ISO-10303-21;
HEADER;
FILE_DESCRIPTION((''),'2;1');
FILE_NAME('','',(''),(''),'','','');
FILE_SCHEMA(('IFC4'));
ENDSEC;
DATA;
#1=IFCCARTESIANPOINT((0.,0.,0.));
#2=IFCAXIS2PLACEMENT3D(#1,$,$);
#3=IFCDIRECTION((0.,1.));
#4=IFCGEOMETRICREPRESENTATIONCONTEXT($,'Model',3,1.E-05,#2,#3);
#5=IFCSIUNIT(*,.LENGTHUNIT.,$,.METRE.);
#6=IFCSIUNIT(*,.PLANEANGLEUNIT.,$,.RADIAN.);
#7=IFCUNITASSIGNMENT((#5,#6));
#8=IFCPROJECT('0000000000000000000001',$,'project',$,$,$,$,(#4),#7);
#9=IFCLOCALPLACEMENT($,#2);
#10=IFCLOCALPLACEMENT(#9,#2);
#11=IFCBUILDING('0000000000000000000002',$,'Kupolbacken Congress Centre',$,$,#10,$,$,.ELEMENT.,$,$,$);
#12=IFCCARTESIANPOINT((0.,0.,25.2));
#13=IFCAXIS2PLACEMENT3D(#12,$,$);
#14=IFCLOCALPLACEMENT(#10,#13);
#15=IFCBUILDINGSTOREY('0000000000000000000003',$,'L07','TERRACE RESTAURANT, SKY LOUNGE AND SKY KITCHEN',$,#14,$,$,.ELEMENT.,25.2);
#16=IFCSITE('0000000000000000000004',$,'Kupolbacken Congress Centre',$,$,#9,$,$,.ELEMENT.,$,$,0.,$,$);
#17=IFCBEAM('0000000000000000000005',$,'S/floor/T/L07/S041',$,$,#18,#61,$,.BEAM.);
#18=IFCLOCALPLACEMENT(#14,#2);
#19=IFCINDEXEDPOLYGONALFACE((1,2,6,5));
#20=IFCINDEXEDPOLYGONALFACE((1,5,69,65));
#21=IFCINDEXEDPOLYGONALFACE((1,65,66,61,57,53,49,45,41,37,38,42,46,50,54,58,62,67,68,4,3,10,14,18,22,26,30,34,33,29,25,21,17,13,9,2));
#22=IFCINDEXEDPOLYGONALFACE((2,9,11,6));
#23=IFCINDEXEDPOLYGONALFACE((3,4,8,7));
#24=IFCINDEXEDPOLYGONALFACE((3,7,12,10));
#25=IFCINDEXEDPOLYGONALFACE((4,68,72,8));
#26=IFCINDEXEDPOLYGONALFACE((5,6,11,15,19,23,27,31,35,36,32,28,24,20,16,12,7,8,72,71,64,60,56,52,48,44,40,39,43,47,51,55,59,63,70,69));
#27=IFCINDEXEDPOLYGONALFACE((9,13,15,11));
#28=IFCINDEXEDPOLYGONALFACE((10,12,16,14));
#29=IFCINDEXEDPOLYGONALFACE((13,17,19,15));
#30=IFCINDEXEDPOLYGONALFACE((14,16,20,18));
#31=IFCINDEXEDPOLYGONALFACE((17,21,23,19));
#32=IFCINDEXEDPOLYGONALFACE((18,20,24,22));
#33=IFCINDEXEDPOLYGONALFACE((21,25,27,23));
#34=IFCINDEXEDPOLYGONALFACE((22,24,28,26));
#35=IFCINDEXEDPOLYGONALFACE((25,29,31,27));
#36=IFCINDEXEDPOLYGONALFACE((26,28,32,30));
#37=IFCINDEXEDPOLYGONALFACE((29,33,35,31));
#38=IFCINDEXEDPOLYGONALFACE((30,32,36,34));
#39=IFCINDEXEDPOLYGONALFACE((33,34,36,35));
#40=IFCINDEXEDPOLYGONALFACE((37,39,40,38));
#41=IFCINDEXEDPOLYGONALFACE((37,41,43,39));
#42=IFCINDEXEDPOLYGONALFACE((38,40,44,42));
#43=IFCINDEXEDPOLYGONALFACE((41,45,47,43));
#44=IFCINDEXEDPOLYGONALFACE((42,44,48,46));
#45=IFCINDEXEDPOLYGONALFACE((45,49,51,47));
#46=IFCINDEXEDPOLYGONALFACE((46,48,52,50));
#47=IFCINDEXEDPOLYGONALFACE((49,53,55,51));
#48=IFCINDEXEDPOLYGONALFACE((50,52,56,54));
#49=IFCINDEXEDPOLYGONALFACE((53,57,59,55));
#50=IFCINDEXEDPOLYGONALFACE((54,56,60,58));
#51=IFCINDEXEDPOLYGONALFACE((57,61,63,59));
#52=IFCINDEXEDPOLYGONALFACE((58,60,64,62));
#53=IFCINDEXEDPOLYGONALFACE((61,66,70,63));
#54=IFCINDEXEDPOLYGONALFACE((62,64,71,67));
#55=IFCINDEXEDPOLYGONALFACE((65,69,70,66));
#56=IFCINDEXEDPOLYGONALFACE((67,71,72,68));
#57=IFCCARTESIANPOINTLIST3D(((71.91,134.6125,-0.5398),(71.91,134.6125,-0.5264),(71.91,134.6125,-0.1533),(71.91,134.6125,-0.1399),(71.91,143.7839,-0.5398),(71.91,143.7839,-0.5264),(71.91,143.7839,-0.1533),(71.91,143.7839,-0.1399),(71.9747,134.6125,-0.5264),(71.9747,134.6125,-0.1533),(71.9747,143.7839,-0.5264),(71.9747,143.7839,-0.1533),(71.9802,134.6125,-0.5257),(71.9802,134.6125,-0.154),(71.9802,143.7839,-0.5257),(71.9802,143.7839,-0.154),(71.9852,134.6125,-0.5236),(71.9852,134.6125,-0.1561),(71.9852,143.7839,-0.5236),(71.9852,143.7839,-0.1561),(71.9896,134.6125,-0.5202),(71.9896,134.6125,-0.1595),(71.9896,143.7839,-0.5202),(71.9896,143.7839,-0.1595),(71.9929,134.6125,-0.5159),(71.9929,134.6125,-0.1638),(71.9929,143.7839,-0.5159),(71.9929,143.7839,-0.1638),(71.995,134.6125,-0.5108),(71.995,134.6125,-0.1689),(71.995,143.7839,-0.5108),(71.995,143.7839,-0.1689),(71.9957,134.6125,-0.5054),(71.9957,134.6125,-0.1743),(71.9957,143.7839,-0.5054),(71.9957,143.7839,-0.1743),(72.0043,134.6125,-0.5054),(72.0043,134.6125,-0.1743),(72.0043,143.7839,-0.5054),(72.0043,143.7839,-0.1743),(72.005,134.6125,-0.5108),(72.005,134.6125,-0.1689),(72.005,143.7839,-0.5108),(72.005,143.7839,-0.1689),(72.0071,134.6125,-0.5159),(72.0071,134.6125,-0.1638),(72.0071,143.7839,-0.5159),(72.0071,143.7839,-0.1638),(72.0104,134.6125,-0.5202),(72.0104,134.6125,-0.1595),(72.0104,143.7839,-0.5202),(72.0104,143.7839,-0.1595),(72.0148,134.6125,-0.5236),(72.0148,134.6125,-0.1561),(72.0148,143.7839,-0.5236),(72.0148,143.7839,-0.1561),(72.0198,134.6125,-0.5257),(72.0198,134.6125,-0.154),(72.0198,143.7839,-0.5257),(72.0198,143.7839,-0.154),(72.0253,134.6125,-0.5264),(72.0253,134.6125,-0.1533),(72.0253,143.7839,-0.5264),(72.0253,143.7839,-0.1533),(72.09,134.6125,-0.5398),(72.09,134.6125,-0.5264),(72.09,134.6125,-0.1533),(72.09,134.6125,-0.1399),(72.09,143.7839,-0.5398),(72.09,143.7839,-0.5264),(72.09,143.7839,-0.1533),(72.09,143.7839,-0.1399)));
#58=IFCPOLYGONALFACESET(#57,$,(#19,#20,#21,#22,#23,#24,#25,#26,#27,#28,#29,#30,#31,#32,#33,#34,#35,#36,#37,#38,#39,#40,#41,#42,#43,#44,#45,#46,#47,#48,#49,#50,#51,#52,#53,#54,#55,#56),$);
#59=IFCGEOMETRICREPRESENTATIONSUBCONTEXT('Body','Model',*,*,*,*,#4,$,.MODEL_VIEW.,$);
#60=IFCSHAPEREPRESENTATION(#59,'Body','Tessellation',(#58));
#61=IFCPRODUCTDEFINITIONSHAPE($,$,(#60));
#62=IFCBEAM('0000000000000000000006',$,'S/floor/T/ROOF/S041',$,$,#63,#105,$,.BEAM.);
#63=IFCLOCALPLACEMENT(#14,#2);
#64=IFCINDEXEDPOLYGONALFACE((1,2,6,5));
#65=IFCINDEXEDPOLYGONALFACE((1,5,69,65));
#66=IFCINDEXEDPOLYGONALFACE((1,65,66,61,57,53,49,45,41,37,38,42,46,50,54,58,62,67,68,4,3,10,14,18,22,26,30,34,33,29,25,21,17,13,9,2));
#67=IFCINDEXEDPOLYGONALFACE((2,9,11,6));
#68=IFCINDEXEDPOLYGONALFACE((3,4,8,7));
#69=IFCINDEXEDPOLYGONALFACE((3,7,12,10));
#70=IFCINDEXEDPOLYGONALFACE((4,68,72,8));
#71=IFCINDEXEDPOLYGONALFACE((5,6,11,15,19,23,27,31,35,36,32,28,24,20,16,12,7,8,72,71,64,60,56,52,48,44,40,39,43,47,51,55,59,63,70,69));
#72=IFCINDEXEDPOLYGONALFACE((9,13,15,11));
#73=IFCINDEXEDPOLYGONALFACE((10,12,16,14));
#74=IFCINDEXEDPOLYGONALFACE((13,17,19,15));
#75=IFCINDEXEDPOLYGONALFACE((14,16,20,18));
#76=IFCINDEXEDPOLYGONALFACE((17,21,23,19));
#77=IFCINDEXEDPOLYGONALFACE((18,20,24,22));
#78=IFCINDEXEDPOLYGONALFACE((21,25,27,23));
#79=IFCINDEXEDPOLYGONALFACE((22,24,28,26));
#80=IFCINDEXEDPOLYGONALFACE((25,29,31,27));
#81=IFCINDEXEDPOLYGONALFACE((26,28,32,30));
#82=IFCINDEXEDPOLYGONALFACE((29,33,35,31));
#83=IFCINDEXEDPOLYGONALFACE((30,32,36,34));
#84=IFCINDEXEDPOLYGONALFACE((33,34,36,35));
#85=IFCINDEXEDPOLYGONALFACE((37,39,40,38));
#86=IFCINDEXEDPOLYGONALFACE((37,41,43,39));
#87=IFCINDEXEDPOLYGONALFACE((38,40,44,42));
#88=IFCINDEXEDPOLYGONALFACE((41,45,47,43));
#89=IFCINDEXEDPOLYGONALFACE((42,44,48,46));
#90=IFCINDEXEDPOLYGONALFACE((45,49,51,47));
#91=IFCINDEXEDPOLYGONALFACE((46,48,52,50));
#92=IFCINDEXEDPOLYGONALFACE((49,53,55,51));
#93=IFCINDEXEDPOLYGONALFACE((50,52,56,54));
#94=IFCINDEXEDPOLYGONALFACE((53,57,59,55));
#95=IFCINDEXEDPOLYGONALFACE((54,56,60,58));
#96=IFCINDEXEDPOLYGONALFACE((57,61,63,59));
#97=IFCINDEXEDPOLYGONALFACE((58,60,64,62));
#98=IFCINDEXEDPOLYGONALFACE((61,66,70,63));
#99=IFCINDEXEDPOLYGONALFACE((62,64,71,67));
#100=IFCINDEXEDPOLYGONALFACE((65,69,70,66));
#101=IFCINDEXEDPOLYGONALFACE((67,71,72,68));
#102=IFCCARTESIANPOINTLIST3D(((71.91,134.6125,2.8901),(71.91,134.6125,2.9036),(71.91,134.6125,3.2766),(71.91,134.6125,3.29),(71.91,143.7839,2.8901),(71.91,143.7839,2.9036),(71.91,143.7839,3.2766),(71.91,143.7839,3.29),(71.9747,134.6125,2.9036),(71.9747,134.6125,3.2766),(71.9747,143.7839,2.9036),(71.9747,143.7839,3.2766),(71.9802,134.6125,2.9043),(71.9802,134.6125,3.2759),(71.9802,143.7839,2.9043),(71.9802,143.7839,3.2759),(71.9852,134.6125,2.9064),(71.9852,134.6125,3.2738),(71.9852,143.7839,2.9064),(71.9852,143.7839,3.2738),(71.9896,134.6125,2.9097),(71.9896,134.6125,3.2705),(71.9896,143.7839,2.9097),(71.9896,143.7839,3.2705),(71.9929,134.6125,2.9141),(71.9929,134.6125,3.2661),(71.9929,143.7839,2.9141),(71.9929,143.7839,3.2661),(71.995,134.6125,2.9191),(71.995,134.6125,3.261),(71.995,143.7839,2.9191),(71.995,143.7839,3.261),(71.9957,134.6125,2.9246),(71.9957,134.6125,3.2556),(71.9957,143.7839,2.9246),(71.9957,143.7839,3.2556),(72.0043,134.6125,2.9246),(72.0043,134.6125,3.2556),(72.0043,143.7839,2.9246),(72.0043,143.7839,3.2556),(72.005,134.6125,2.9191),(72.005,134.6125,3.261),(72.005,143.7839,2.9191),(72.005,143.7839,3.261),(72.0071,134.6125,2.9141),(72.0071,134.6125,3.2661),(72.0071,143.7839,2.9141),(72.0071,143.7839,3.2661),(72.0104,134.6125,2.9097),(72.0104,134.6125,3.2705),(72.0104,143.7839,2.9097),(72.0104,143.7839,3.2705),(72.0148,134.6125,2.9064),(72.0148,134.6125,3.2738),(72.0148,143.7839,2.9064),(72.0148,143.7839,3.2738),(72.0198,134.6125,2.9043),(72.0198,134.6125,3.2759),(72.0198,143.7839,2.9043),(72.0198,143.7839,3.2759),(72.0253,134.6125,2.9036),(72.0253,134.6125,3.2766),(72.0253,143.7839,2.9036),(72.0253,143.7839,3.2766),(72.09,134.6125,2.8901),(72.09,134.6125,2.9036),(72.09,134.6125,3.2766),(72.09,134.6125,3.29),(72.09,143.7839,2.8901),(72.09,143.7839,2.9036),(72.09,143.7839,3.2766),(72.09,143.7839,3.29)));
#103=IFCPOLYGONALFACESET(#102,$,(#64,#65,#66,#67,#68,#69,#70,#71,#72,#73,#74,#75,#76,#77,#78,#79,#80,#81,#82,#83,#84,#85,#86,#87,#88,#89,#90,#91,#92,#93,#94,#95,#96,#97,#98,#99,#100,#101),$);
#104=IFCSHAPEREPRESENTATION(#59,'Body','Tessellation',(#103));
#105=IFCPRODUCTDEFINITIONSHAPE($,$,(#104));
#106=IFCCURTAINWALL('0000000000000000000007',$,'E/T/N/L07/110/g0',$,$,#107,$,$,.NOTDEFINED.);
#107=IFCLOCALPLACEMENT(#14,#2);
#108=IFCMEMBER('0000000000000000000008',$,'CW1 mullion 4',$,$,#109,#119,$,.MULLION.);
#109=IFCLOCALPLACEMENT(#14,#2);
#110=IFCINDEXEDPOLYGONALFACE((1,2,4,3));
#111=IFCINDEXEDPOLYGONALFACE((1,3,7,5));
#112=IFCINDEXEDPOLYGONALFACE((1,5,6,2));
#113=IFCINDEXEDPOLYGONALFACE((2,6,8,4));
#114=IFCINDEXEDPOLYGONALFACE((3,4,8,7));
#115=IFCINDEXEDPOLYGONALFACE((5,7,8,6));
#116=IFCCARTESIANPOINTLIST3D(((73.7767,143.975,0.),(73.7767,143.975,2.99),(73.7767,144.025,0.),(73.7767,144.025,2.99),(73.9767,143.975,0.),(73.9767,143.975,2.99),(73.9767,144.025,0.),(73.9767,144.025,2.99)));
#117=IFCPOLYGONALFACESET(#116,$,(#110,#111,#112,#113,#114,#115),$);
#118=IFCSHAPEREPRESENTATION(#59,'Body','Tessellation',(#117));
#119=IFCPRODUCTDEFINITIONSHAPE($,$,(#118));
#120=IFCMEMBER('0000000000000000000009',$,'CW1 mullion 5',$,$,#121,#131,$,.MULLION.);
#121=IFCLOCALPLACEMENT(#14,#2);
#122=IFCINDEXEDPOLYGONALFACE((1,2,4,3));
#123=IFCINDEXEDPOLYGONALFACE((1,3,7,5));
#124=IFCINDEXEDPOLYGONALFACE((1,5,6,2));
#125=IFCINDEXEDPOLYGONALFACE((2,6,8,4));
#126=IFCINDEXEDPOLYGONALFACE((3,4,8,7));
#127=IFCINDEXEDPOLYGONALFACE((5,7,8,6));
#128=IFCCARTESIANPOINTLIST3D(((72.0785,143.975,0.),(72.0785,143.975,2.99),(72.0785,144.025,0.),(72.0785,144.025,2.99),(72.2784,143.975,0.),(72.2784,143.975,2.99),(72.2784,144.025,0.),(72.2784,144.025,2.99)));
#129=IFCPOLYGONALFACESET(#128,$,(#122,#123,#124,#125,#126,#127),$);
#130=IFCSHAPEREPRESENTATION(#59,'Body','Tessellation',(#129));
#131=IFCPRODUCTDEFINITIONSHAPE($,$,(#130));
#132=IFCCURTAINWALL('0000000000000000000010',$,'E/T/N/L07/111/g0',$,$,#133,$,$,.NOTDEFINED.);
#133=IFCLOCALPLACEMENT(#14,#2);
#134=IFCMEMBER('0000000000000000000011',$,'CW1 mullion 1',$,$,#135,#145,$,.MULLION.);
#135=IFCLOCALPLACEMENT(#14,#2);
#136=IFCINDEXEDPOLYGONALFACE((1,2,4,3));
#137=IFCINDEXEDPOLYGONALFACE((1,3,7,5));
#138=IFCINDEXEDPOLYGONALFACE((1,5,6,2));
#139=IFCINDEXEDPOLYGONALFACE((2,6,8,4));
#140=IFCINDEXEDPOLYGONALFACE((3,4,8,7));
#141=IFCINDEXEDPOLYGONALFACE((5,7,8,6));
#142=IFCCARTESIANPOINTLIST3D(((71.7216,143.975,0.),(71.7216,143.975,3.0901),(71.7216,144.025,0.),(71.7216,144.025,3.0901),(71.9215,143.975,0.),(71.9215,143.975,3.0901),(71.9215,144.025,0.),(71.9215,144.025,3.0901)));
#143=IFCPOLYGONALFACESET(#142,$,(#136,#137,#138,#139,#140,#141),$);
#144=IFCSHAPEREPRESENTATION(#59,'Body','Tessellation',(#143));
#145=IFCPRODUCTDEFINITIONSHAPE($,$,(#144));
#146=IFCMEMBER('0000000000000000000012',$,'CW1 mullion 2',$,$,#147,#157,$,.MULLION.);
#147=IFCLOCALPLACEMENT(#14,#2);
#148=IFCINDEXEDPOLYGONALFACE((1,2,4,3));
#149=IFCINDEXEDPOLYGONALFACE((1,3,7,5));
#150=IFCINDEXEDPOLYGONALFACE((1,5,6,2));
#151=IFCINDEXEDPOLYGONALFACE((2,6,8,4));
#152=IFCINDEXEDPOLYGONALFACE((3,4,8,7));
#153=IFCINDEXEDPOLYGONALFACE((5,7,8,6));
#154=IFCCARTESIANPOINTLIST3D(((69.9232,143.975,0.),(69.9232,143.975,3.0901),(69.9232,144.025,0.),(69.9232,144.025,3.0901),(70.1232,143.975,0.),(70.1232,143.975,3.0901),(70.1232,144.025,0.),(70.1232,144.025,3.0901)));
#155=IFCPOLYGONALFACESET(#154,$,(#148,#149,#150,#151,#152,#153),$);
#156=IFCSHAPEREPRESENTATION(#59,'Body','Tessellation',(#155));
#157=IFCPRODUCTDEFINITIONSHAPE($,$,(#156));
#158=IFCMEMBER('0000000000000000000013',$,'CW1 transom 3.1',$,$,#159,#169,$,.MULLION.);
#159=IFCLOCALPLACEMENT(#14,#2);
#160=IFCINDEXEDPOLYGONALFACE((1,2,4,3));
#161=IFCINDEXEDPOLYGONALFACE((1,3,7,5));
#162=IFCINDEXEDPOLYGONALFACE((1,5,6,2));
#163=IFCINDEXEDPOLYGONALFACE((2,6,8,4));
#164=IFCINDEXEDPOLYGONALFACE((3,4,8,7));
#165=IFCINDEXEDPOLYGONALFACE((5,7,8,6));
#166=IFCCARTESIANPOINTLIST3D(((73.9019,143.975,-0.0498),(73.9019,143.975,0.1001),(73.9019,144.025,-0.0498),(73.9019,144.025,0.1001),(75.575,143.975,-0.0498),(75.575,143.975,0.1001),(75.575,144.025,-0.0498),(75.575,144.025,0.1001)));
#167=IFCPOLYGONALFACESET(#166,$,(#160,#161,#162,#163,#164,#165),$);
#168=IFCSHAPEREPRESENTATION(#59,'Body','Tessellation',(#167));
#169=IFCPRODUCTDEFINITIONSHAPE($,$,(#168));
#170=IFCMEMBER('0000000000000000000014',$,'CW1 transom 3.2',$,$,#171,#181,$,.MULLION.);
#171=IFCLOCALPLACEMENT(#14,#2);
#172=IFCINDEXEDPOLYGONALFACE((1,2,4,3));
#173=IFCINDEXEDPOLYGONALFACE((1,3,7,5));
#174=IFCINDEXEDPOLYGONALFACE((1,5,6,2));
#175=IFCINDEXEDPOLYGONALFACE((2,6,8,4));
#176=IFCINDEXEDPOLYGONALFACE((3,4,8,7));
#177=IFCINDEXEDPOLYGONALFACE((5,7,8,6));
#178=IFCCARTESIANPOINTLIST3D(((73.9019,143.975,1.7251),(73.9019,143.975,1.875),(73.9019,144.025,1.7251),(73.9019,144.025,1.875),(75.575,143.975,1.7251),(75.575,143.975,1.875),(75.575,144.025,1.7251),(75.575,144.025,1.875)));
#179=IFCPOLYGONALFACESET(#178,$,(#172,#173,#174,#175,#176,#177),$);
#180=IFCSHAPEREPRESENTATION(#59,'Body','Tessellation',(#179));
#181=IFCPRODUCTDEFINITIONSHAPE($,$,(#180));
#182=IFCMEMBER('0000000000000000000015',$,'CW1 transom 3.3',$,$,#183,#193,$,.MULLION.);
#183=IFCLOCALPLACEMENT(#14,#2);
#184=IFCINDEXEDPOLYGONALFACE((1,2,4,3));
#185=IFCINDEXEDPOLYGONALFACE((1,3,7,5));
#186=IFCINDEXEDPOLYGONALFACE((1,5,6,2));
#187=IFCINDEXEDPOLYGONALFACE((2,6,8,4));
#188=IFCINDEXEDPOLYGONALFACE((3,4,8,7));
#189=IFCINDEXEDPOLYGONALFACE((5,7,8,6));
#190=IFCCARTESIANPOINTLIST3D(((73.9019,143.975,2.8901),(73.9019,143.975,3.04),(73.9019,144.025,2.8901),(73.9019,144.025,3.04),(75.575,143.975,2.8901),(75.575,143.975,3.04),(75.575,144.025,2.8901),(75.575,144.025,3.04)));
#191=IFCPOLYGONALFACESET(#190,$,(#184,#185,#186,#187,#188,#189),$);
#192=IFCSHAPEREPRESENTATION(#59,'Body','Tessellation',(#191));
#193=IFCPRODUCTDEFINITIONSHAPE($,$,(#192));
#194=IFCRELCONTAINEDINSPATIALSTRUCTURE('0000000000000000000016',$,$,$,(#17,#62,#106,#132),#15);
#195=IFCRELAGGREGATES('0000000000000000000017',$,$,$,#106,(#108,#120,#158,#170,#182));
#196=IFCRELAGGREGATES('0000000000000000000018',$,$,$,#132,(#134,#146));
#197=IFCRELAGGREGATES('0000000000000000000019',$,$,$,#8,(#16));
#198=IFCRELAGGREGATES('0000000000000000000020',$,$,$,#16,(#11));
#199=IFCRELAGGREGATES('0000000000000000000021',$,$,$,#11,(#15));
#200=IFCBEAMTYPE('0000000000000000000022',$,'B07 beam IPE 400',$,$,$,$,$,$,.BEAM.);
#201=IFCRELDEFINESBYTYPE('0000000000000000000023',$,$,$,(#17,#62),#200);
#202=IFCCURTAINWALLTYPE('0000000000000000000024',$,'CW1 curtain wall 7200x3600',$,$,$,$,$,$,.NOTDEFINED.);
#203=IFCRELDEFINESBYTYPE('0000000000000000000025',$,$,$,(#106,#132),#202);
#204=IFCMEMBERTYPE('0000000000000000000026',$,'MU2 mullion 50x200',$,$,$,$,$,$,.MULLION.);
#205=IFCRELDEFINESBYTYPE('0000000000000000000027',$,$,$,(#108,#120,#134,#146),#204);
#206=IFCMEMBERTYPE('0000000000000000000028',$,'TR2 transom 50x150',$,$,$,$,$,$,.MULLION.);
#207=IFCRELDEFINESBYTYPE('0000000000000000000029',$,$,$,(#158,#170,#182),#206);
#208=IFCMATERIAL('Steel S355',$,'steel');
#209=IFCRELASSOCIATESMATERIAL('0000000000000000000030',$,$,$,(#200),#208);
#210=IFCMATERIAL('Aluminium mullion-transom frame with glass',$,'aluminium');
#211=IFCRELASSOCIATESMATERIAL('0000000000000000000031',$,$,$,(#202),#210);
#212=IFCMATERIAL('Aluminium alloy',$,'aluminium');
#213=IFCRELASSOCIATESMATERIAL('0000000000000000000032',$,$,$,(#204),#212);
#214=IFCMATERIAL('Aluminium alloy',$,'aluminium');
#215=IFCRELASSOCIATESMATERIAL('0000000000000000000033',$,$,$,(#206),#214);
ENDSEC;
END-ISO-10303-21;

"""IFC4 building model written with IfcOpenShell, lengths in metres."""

from ifc_helpers import new_model, si_unit, direction, frame, origin, origin_2d, place, context, subcontext, project, spatial, rectangle, i_section, extrude, material, material_profile, profile_set, type_object, element, aggregate, save


model = new_model("IFC4")

# Units and contexts
model_context = context("Model", 3, precision=1e-05, world=origin(), true_north=direction((0.0, 1.0)))
body_context = subcontext(model_context, "Body", "Model", "MODEL_VIEW")
ifc_project = project(units=[si_unit("LENGTHUNIT", "METRE"), si_unit("PLANEANGLEUNIT", "RADIAN")], contexts=[model_context])

# Site, building, storey
site_placement = place(None, origin())
site = spatial("IfcSite", under=ifc_project, at=site_placement, Name="Kupolbacken Congress Centre", CompositionType="ELEMENT", RefElevation=0.0)
building_placement = place(site_placement, origin())
building = spatial("IfcBuilding", under=site, at=building_placement, Name="Kupolbacken Congress Centre", CompositionType="ELEMENT")
storey_placement = place(building_placement, frame((0.0, 0.0, 25.2)))
storey = spatial("IfcBuildingStorey", under=building, at=storey_placement, Name="L07", Description="TERRACE RESTAURANT, SKY LOUNGE AND SKY KITCHEN", CompositionType="ELEMENT", Elevation=25.2)

# Beams
ifc_material_1 = material(Name="Steel S355", Category="steel")
ifc_material_profile_1 = material_profile(ifc_material_1, i_section(OverallWidth=0.1799, OverallDepth=0.3999, WebThickness=0.0085, FlangeThickness=0.0134, FilletRadius=0.021, at=origin_2d()), Name="IPE 400")
ifc_profile_set_1 = profile_set([ifc_material_profile_1], Name="Steel S355")
beam_type_1 = type_object("IfcBeamType", Name="B07 beam IPE 400", PredefinedType="BEAM", material=ifc_profile_set_1)
for number, where, z_axis, x_axis, name in (
    (1, (72.0, 134.6125, -0.3398), (0.0, 1.0, 0.0), (-1.0, 0.0, 0.0), "S/floor/T/L07/S041"),
    (2, (72.0, 134.6125, 3.0901), (0.0, 1.0, 0.0), (-1.0, 0.0, 0.0), "S/floor/T/ROOF/S041"),
):
    element("IfcBeam", number, at=place(storey_placement, frame(where, z_axis=z_axis, x_axis=x_axis)), inside=storey, type_object=beam_type_1, Name=name, PredefinedType="BEAM", context=body_context, shape_type="SweptSolid", body=[
        extrude(i_section(OverallWidth=0.1799, OverallDepth=0.3999, WebThickness=0.0085, FlangeThickness=0.0134, FilletRadius=0.021, at=origin_2d()), origin(), (0.0, 0.0, 1.0), 9.1714),
    ])

# Curtain walls, members
ifc_material_2 = material(Name="Aluminium mullion-transom frame with glass", Category="aluminium")
curtain_wall_type = type_object("IfcCurtainWallType", Name="CW1 curtain wall 7200x3600", PredefinedType="NOTDEFINED", material=ifc_material_2)
curtain_wall_1_placement = place(storey_placement, origin())
curtain_wall_1 = element("IfcCurtainWall", 3, at=curtain_wall_1_placement, inside=storey, type_object=curtain_wall_type, Name="E/T/N/L07/110/g0", PredefinedType="NOTDEFINED")
ifc_material_3 = material(Name="Aluminium alloy", Category="aluminium")
ifc_material_profile_2 = material_profile(ifc_material_3, rectangle(XDim=0.05, YDim=0.2, at=origin_2d()), Name="50 x 200")
ifc_profile_set_2 = profile_set([ifc_material_profile_2], Name="Aluminium alloy")
member_type_1 = type_object("IfcMemberType", Name="MU2 mullion 50x200", PredefinedType="MULLION", material=ifc_profile_set_2)
member_1_placement = place(storey_placement, frame((73.8767, 144.0, 0.0), z_axis=(0.0, 0.0, 1.0), x_axis=(0.0, -1.0, 0.0)))
member_1 = element("IfcMember", 4, at=member_1_placement, type_object=member_type_1, Name="CW1 mullion 4", PredefinedType="MULLION", context=body_context, shape_type="SweptSolid", body=[
    extrude(rectangle(XDim=0.05, YDim=0.2, at=origin_2d()), origin(), (0.0, 0.0, 1.0), 2.99),
])
member_2_placement = place(storey_placement, frame((72.1785, 144.0, 0.0), z_axis=(0.0, 0.0, 1.0), x_axis=(0.0, -1.0, 0.0)))
member_2 = element("IfcMember", 5, at=member_2_placement, type_object=member_type_1, Name="CW1 mullion 5", PredefinedType="MULLION", context=body_context, shape_type="SweptSolid", body=[
    extrude(rectangle(XDim=0.05, YDim=0.2, at=origin_2d()), origin(), (0.0, 0.0, 1.0), 2.99),
])
curtain_wall_2_placement = place(storey_placement, origin())
curtain_wall_2 = element("IfcCurtainWall", 6, at=curtain_wall_2_placement, inside=storey, type_object=curtain_wall_type, Name="E/T/N/L07/111/g0", PredefinedType="NOTDEFINED")
member_3_placement = place(storey_placement, frame((71.8215, 144.0, 0.0), z_axis=(0.0, 0.0, 1.0), x_axis=(0.0, -1.0, 0.0)))
member_3 = element("IfcMember", 7, at=member_3_placement, type_object=member_type_1, Name="CW1 mullion 1", PredefinedType="MULLION", context=body_context, shape_type="SweptSolid", body=[
    extrude(rectangle(XDim=0.05, YDim=0.2, at=origin_2d()), origin(), (0.0, 0.0, 1.0), 3.0901),
])
member_4_placement = place(storey_placement, frame((70.0232, 144.0, 0.0), z_axis=(0.0, 0.0, 1.0), x_axis=(0.0, -1.0, 0.0)))
member_4 = element("IfcMember", 8, at=member_4_placement, type_object=member_type_1, Name="CW1 mullion 2", PredefinedType="MULLION", context=body_context, shape_type="SweptSolid", body=[
    extrude(rectangle(XDim=0.05, YDim=0.2, at=origin_2d()), origin(), (0.0, 0.0, 1.0), 3.0901),
])

# Members
ifc_material_4 = material(Name="Aluminium alloy", Category="aluminium")
ifc_material_profile_3 = material_profile(ifc_material_4, rectangle(XDim=0.05, YDim=0.1499, at=origin_2d()), Name="50 x 150")
ifc_profile_set_3 = profile_set([ifc_material_profile_3], Name="Aluminium alloy")
member_type_2 = type_object("IfcMemberType", Name="TR2 transom 50x150", PredefinedType="MULLION", material=ifc_profile_set_3)
member_5_placement = place(storey_placement, frame((75.575, 144.0, 0.0251), z_axis=(-1.0, 0.0, 0.0), x_axis=(0.0, -1.0, 0.0)))
member_5 = element("IfcMember", 9, at=member_5_placement, type_object=member_type_2, Name="CW1 transom 3.1", PredefinedType="MULLION", context=body_context, shape_type="SweptSolid", body=[
    extrude(rectangle(XDim=0.05, YDim=0.1499, at=origin_2d()), origin(), (0.0, 0.0, 1.0), 1.6731),
])
member_6_placement = place(storey_placement, frame((75.575, 144.0, 1.8), z_axis=(-1.0, 0.0, 0.0), x_axis=(0.0, -1.0, 0.0)))
member_6 = element("IfcMember", 10, at=member_6_placement, type_object=member_type_2, Name="CW1 transom 3.2", PredefinedType="MULLION", context=body_context, shape_type="SweptSolid", body=[
    extrude(rectangle(XDim=0.05, YDim=0.1499, at=origin_2d()), origin(), (0.0, 0.0, 1.0), 1.6731),
])
member_7_placement = place(storey_placement, frame((75.575, 144.0, 2.9651), z_axis=(-1.0, 0.0, 0.0), x_axis=(0.0, -1.0, 0.0)))
member_7 = element("IfcMember", 11, at=member_7_placement, type_object=member_type_2, Name="CW1 transom 3.3", PredefinedType="MULLION", context=body_context, shape_type="SweptSolid", body=[
    extrude(rectangle(XDim=0.05, YDim=0.1499, at=origin_2d()), origin(), (0.0, 0.0, 1.0), 1.6731),
])

aggregate(curtain_wall_1, [member_1, member_2, member_5, member_6, member_7])
aggregate(curtain_wall_2, [member_3, member_4])

save(model, "model.ifc")
